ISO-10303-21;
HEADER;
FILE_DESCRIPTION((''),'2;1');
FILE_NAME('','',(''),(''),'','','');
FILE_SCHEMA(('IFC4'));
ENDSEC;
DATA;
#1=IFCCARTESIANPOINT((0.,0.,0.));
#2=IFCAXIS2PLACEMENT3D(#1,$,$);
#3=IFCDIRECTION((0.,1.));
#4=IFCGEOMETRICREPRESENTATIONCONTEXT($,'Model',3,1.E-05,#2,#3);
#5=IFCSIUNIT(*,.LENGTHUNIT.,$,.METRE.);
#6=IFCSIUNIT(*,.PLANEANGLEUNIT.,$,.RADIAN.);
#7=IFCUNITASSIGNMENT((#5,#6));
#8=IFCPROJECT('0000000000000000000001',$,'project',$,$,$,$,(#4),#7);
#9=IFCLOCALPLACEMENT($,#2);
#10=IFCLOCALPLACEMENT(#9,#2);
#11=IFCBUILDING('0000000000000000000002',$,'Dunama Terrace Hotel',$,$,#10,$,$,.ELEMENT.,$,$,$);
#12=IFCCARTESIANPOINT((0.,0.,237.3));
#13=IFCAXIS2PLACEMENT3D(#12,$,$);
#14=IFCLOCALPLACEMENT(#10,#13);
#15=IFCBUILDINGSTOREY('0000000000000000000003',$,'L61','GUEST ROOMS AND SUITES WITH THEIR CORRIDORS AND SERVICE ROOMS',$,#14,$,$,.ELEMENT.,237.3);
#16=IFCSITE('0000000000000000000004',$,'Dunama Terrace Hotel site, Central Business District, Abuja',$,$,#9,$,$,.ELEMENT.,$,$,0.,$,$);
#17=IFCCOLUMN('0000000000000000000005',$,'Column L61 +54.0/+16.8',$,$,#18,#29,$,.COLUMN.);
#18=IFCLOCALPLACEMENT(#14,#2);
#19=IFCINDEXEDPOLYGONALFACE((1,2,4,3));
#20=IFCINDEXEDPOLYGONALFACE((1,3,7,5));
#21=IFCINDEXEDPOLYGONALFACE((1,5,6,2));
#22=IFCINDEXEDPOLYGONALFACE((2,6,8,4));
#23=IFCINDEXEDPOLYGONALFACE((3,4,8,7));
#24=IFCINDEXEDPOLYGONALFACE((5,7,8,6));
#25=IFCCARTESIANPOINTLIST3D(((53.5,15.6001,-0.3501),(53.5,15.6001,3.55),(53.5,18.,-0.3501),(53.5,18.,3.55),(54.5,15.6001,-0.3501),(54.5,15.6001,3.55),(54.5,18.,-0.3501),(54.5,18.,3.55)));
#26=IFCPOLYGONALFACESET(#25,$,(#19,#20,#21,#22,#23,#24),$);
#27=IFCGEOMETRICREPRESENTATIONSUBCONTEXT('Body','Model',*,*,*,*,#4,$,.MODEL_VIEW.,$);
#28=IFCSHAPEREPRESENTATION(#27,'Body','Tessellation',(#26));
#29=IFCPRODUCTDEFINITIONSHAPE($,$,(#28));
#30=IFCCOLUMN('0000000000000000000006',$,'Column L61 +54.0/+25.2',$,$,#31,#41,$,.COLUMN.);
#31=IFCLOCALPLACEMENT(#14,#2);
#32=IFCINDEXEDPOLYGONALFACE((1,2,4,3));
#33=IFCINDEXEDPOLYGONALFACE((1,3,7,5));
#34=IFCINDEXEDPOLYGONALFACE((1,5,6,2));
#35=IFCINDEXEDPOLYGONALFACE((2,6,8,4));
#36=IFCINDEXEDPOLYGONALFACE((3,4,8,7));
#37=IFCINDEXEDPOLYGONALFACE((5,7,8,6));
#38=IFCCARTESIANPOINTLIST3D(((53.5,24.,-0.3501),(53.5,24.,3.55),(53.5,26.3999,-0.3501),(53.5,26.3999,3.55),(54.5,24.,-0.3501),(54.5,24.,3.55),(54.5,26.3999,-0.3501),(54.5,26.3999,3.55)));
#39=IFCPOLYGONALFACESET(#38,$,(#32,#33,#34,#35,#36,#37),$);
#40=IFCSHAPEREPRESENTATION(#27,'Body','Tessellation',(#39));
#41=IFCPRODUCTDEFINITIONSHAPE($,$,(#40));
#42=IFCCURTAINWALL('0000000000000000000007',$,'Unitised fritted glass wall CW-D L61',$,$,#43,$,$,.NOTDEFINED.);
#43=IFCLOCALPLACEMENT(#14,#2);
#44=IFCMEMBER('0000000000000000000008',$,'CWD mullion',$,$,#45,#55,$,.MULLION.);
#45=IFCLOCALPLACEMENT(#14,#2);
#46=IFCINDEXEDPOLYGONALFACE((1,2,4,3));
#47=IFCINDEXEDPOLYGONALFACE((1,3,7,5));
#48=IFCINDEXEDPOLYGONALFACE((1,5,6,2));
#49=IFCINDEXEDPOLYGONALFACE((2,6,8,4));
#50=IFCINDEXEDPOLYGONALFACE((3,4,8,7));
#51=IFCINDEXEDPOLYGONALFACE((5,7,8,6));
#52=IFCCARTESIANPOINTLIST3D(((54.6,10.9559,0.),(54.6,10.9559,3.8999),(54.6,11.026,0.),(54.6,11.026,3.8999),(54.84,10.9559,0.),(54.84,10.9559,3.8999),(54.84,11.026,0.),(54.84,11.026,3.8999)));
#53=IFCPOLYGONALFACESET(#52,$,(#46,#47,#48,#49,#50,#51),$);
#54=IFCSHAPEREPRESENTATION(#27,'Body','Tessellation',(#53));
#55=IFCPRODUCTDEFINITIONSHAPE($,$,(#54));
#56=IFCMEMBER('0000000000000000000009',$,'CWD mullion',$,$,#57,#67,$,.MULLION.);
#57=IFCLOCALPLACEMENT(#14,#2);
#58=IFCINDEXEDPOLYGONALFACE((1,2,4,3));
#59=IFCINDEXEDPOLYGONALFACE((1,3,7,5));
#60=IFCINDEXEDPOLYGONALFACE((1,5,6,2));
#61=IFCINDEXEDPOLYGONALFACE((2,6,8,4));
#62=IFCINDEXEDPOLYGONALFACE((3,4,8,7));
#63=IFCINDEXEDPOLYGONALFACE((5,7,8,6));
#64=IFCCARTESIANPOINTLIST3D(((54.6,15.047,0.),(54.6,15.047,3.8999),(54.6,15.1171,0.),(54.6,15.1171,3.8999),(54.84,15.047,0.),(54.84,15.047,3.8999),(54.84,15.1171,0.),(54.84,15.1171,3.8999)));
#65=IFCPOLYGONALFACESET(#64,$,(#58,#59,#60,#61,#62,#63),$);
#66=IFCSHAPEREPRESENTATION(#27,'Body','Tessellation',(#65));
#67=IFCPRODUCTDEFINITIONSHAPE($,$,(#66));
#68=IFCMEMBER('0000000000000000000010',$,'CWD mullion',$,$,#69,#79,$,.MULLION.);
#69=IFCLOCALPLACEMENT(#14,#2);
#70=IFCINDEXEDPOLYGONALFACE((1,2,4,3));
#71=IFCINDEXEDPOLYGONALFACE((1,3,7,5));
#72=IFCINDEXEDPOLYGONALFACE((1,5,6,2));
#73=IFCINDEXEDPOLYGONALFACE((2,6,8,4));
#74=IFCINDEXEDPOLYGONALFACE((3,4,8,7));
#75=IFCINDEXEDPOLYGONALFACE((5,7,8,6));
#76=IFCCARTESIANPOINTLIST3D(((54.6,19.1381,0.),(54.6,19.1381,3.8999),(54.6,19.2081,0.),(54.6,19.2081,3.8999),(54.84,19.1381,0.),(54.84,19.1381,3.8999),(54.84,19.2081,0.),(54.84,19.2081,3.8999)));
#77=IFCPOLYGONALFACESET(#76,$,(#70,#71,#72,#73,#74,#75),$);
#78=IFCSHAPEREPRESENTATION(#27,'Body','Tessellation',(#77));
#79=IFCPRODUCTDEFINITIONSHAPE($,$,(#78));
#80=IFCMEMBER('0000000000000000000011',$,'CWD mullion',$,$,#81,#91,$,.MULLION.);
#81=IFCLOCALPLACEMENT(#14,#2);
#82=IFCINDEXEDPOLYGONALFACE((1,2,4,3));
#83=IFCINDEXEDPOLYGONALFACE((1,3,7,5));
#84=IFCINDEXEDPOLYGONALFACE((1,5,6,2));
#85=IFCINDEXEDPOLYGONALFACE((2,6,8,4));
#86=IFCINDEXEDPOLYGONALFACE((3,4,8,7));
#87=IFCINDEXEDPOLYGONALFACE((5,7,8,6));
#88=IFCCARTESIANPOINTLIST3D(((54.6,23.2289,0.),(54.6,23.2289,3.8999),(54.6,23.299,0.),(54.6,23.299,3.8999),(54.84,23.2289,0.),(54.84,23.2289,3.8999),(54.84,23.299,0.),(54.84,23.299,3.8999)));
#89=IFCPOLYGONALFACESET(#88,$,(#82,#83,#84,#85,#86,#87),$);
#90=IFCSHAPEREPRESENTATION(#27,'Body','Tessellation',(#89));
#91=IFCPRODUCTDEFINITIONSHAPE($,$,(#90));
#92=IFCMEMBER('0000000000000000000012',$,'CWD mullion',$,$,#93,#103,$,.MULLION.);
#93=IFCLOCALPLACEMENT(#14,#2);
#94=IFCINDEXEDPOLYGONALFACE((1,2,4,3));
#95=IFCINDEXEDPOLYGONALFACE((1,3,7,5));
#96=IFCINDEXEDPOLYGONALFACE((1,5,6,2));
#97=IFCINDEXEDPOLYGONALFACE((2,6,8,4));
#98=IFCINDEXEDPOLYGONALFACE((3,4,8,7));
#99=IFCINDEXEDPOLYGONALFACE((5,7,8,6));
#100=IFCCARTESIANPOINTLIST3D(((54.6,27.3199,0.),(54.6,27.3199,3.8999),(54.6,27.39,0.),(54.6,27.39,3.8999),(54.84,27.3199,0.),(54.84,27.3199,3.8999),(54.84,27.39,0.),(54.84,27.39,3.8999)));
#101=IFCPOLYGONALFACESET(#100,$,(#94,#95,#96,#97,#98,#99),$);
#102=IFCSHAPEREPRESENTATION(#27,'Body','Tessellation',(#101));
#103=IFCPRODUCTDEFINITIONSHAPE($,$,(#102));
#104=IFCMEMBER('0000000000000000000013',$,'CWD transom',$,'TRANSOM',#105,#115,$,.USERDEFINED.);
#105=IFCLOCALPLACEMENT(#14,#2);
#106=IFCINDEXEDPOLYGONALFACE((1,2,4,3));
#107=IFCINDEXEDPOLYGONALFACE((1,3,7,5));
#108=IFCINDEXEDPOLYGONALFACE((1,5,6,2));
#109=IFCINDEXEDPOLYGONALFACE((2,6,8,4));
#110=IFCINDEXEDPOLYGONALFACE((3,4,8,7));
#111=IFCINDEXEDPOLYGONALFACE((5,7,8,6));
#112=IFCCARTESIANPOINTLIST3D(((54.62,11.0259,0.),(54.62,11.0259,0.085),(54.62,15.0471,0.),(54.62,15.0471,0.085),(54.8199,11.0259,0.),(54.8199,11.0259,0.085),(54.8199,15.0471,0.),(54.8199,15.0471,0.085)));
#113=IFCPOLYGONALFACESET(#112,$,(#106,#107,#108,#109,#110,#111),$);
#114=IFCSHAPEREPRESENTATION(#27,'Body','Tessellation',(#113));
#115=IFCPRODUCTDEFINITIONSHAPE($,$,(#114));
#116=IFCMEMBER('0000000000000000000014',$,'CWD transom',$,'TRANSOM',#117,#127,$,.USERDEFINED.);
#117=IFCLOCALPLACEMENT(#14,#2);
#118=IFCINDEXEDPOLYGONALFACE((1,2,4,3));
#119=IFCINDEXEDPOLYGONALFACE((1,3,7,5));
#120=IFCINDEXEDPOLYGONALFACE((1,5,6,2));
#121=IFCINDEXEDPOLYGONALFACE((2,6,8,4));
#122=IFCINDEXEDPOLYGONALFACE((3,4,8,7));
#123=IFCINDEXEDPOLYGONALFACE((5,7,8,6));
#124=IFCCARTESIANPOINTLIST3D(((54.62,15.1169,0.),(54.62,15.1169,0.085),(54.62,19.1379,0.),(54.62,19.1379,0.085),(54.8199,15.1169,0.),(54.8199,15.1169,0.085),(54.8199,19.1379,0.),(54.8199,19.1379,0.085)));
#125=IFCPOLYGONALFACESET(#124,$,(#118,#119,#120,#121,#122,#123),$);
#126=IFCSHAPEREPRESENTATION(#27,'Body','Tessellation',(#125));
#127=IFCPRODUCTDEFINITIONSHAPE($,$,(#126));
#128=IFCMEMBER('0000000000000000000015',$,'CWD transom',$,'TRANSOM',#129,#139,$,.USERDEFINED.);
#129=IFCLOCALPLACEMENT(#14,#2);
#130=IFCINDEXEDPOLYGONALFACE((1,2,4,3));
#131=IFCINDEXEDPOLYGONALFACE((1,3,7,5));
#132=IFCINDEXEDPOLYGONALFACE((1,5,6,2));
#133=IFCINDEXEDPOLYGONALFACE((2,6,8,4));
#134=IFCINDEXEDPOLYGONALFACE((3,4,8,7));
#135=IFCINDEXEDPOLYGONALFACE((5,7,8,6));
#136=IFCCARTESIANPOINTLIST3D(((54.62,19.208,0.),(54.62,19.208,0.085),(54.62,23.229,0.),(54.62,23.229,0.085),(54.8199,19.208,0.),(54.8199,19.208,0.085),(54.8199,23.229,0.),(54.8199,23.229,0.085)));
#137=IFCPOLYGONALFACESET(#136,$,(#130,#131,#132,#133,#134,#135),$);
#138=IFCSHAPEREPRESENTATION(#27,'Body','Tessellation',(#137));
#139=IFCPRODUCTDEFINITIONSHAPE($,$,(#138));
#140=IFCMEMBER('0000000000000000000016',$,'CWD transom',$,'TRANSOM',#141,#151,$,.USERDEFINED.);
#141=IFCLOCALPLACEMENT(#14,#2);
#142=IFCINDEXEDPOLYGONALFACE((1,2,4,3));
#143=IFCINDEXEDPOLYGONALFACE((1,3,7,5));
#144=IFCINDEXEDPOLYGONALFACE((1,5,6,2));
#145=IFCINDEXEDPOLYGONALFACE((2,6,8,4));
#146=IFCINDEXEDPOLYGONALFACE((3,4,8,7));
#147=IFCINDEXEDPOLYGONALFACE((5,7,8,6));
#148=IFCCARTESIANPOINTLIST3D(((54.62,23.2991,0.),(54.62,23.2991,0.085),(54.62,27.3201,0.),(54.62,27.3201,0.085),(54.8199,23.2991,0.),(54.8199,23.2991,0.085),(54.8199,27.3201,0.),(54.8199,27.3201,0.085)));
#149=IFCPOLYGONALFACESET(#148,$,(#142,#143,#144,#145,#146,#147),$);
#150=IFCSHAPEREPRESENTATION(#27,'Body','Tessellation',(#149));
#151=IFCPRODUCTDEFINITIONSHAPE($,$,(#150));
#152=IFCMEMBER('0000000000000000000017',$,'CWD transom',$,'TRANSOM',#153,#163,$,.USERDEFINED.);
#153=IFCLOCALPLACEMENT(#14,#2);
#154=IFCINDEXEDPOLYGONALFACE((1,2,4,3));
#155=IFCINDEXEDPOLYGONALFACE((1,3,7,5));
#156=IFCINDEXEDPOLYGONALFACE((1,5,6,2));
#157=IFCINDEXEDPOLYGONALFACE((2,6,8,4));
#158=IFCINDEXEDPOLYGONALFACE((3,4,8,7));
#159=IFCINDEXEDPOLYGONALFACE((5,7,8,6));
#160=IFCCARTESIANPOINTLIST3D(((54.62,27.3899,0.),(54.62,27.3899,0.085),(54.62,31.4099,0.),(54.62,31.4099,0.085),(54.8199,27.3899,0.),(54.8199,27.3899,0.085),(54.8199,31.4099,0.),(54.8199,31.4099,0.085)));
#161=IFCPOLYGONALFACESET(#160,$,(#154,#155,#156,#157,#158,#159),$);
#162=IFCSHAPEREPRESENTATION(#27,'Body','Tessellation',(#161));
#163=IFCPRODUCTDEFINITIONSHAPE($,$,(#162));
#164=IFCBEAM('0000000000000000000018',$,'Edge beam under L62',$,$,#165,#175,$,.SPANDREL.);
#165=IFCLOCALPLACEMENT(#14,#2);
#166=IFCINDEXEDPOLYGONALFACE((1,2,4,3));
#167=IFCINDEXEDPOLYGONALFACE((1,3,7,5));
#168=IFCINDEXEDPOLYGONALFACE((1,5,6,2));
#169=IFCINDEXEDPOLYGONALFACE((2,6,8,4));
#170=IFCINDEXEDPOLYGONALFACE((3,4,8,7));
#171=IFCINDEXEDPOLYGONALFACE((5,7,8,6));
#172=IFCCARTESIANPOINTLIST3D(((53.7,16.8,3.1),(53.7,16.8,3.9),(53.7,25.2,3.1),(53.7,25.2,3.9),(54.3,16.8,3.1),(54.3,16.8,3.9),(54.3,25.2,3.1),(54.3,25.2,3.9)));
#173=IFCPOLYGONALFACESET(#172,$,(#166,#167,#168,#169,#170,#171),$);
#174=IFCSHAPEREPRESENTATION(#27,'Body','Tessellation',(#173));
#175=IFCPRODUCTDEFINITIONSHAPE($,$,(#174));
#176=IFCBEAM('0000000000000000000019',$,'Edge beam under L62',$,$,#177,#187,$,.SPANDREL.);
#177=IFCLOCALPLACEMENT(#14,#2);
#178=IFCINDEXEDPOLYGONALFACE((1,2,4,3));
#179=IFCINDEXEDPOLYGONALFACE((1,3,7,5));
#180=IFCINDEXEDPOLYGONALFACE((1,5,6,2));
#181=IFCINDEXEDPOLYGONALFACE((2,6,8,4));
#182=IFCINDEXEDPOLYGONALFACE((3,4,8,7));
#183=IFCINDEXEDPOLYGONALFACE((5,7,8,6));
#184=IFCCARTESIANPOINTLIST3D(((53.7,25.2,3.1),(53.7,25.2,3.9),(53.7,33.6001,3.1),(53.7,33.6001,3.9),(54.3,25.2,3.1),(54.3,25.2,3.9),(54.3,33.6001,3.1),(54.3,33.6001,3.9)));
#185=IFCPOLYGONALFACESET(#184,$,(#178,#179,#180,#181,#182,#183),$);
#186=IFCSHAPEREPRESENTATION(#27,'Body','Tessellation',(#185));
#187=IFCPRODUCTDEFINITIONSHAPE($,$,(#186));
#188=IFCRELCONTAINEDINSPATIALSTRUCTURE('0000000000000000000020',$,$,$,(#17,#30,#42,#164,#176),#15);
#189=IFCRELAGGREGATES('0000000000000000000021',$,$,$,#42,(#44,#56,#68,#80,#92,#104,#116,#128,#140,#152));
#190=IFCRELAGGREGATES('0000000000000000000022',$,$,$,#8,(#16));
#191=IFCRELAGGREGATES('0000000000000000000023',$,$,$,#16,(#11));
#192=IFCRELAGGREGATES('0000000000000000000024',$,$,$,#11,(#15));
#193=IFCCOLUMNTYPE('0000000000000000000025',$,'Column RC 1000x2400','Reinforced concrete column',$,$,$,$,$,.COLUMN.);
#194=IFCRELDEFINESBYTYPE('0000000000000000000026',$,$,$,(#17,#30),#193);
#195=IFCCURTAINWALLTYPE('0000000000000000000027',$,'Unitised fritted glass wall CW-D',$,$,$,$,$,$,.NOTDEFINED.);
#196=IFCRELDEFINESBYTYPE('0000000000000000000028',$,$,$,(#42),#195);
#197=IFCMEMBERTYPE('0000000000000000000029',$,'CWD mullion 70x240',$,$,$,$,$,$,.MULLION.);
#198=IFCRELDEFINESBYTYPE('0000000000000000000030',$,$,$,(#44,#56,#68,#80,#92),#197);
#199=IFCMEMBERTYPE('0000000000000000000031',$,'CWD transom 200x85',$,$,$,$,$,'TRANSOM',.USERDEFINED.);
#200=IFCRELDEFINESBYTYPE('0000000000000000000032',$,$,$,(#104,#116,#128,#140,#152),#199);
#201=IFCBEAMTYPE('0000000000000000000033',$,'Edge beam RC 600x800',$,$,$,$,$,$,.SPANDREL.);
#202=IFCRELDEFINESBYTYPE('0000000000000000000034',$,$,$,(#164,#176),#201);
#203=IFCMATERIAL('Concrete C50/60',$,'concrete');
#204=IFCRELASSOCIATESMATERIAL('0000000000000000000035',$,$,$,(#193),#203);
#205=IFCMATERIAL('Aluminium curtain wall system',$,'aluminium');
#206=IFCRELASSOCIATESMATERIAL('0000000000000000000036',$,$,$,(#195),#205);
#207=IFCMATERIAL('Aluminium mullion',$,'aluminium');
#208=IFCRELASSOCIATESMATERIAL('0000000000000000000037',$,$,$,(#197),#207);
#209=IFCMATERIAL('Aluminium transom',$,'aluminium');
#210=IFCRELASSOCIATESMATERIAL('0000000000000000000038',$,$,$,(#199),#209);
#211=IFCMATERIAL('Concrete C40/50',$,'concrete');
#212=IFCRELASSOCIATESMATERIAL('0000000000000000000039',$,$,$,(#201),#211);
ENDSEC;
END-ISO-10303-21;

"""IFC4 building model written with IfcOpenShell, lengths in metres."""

from ifc_helpers import new_model, si_unit, direction, frame, origin, origin_2d, place, context, subcontext, project, spatial, rectangle, extrude, material, material_profile, profile_set, type_object, element, aggregate, save


model = new_model("IFC4")

# Units and contexts
model_context = context("Model", 3, precision=1e-05, world=origin(), true_north=direction((0.0, 1.0)))
body_context = subcontext(model_context, "Body", "Model", "MODEL_VIEW")
ifc_project = project(units=[si_unit("LENGTHUNIT", "METRE"), si_unit("PLANEANGLEUNIT", "RADIAN")], contexts=[model_context])

# Site, building, storey
site_placement = place(None, origin())
site = spatial("IfcSite", under=ifc_project, at=site_placement, Name="Dunama Terrace Hotel site, Central Business District, Abuja", CompositionType="ELEMENT", RefElevation=0.0)
building_placement = place(site_placement, origin())
building = spatial("IfcBuilding", under=site, at=building_placement, Name="Dunama Terrace Hotel", CompositionType="ELEMENT")
storey_placement = place(building_placement, frame((0.0, 0.0, 237.3)))
storey = spatial("IfcBuildingStorey", under=building, at=storey_placement, Name="L61", Description="GUEST ROOMS AND SUITES WITH THEIR CORRIDORS AND SERVICE ROOMS", CompositionType="ELEMENT", Elevation=237.3)

# Columns
ifc_material_1 = material(Name="Concrete C50/60", Category="concrete")
ifc_material_profile_1 = material_profile(ifc_material_1, rectangle(XDim=1.0, YDim=2.3999, at=origin_2d()), Name="RC 1000x2400")
ifc_profile_set_1 = profile_set([ifc_material_profile_1], Name="Concrete C50/60")
column_type = type_object("IfcColumnType", Name="Column RC 1000x2400", Description="Reinforced concrete column", PredefinedType="COLUMN", material=ifc_profile_set_1)
for number, where, z_axis, x_axis, name in (
    (1, (54.0, 16.8, -0.3501), (0.0, 0.0, 1.0), (1.0, 0.0, 0.0), "Column L61 +54.0/+16.8"),
    (2, (54.0, 25.2, -0.3501), (0.0, 0.0, 1.0), (1.0, 0.0, 0.0), "Column L61 +54.0/+25.2"),
):
    element("IfcColumn", number, at=place(storey_placement, frame(where, z_axis=z_axis, x_axis=x_axis)), inside=storey, type_object=column_type, Name=name, PredefinedType="COLUMN", context=body_context, shape_type="SweptSolid", body=[
        extrude(rectangle(XDim=1.0, YDim=2.3999, at=origin_2d()), origin(), (0.0, 0.0, 1.0), 3.9001),
    ])

# Curtain wall, members
ifc_material_2 = material(Name="Aluminium curtain wall system", Category="aluminium")
curtain_wall_type = type_object("IfcCurtainWallType", Name="Unitised fritted glass wall CW-D", PredefinedType="NOTDEFINED", material=ifc_material_2)
curtain_wall_placement = place(storey_placement, origin())
curtain_wall = element("IfcCurtainWall", 3, at=curtain_wall_placement, inside=storey, type_object=curtain_wall_type, Name="Unitised fritted glass wall CW-D L61", PredefinedType="NOTDEFINED")
ifc_material_3 = material(Name="Aluminium mullion", Category="aluminium")
ifc_material_profile_2 = material_profile(ifc_material_3, rectangle(XDim=0.0701, YDim=0.24, at=origin_2d()), Name="CWD MULLION 70X240")
ifc_profile_set_2 = profile_set([ifc_material_profile_2], Name="Aluminium mullion")
member_type_1 = type_object("IfcMemberType", Name="CWD mullion 70x240", PredefinedType="MULLION", material=ifc_profile_set_2)
member_1_placement = place(storey_placement, frame((54.72, 10.991, 0.0), z_axis=(0.0, 0.0, 1.0), x_axis=(0.0, 1.0, 0.0)))
member_1 = element("IfcMember", 4, at=member_1_placement, type_object=member_type_1, Name="CWD mullion", PredefinedType="MULLION", context=body_context, shape_type="SweptSolid", body=[
    extrude(rectangle(XDim=0.0701, YDim=0.24, at=origin_2d()), origin(), (0.0, 0.0, 1.0), 3.8999),
])
member_2_placement = place(storey_placement, frame((54.72, 15.082, 0.0), z_axis=(0.0, 0.0, 1.0), x_axis=(0.0, 1.0, 0.0)))
member_2 = element("IfcMember", 5, at=member_2_placement, type_object=member_type_1, Name="CWD mullion", PredefinedType="MULLION", context=body_context, shape_type="SweptSolid", body=[
    extrude(rectangle(XDim=0.0701, YDim=0.24, at=origin_2d()), origin(), (0.0, 0.0, 1.0), 3.8999),
])
member_3_placement = place(storey_placement, frame((54.72, 19.1731, 0.0), z_axis=(0.0, 0.0, 1.0), x_axis=(0.0, 1.0, 0.0)))
member_3 = element("IfcMember", 6, at=member_3_placement, type_object=member_type_1, Name="CWD mullion", PredefinedType="MULLION", context=body_context, shape_type="SweptSolid", body=[
    extrude(rectangle(XDim=0.0701, YDim=0.24, at=origin_2d()), origin(), (0.0, 0.0, 1.0), 3.8999),
])
member_4_placement = place(storey_placement, frame((54.72, 23.2639, 0.0), z_axis=(0.0, 0.0, 1.0), x_axis=(0.0, 1.0, 0.0)))
member_4 = element("IfcMember", 7, at=member_4_placement, type_object=member_type_1, Name="CWD mullion", PredefinedType="MULLION", context=body_context, shape_type="SweptSolid", body=[
    extrude(rectangle(XDim=0.0701, YDim=0.24, at=origin_2d()), origin(), (0.0, 0.0, 1.0), 3.8999),
])
member_5_placement = place(storey_placement, frame((54.72, 27.355, 0.0), z_axis=(0.0, 0.0, 1.0), x_axis=(0.0, 1.0, 0.0)))
member_5 = element("IfcMember", 8, at=member_5_placement, type_object=member_type_1, Name="CWD mullion", PredefinedType="MULLION", context=body_context, shape_type="SweptSolid", body=[
    extrude(rectangle(XDim=0.0701, YDim=0.24, at=origin_2d()), origin(), (0.0, 0.0, 1.0), 3.8999),
])
ifc_material_4 = material(Name="Aluminium transom", Category="aluminium")
ifc_material_profile_3 = material_profile(ifc_material_4, rectangle(XDim=0.2, YDim=0.085, at=origin_2d()), Name="CWD TRANSOM 200X85")
ifc_profile_set_3 = profile_set([ifc_material_profile_3], Name="Aluminium transom")
member_type_2 = type_object("IfcMemberType", Name="CWD transom 200x85", ElementType="TRANSOM", PredefinedType="USERDEFINED", material=ifc_profile_set_3)
member_6_placement = place(storey_placement, frame((54.72, 11.0259, 0.0425), z_axis=(0.0, 1.0, 0.0), x_axis=(-1.0, 0.0, 0.0)))
member_6 = element("IfcMember", 9, at=member_6_placement, type_object=member_type_2, Name="CWD transom", ObjectType="TRANSOM", PredefinedType="USERDEFINED", context=body_context, shape_type="SweptSolid", body=[
    extrude(rectangle(XDim=0.2, YDim=0.085, at=origin_2d()), origin(), (0.0, 0.0, 1.0), 4.0212),
])
member_7_placement = place(storey_placement, frame((54.72, 15.1169, 0.0425), z_axis=(0.0, 1.0, 0.0), x_axis=(-1.0, 0.0, 0.0)))
member_7 = element("IfcMember", 10, at=member_7_placement, type_object=member_type_2, Name="CWD transom", ObjectType="TRANSOM", PredefinedType="USERDEFINED", context=body_context, shape_type="SweptSolid", body=[
    extrude(rectangle(XDim=0.2, YDim=0.085, at=origin_2d()), origin(), (0.0, 0.0, 1.0), 4.021),
])
member_8_placement = place(storey_placement, frame((54.72, 19.208, 0.0425), z_axis=(0.0, 1.0, 0.0), x_axis=(-1.0, 0.0, 0.0)))
member_8 = element("IfcMember", 11, at=member_8_placement, type_object=member_type_2, Name="CWD transom", ObjectType="TRANSOM", PredefinedType="USERDEFINED", context=body_context, shape_type="SweptSolid", body=[
    extrude(rectangle(XDim=0.2, YDim=0.085, at=origin_2d()), origin(), (0.0, 0.0, 1.0), 4.021),
])
member_9_placement = place(storey_placement, frame((54.72, 23.2991, 0.0425), z_axis=(0.0, 1.0, 0.0), x_axis=(-1.0, 0.0, 0.0)))
member_9 = element("IfcMember", 12, at=member_9_placement, type_object=member_type_2, Name="CWD transom", ObjectType="TRANSOM", PredefinedType="USERDEFINED", context=body_context, shape_type="SweptSolid", body=[
    extrude(rectangle(XDim=0.2, YDim=0.085, at=origin_2d()), origin(), (0.0, 0.0, 1.0), 4.021),
])
member_10_placement = place(storey_placement, frame((54.72, 27.3899, 0.0425), z_axis=(0.0, 1.0, 0.0), x_axis=(-1.0, 0.0, 0.0)))
member_10 = element("IfcMember", 13, at=member_10_placement, type_object=member_type_2, Name="CWD transom", ObjectType="TRANSOM", PredefinedType="USERDEFINED", context=body_context, shape_type="SweptSolid", body=[
    extrude(rectangle(XDim=0.2, YDim=0.085, at=origin_2d()), origin(), (0.0, 0.0, 1.0), 4.02),
])

# Beams
ifc_material_5 = material(Name="Concrete C40/50", Category="concrete")
ifc_material_profile_4 = material_profile(ifc_material_5, rectangle(XDim=0.6001, YDim=0.8, at=origin_2d()), Name="RC 600x800")
ifc_profile_set_4 = profile_set([ifc_material_profile_4], Name="Concrete C40/50")
beam_type = type_object("IfcBeamType", Name="Edge beam RC 600x800", PredefinedType="SPANDREL", material=ifc_profile_set_4)
beam_1_placement = place(storey_placement, frame((54.0, 16.8, 3.5), z_axis=(0.0, 1.0, 0.0), x_axis=(-1.0, 0.0, 0.0)))
element("IfcBeam", 14, at=beam_1_placement, inside=storey, type_object=beam_type, Name="Edge beam under L62", PredefinedType="SPANDREL", context=body_context, shape_type="SweptSolid", body=[
    extrude(rectangle(XDim=0.6001, YDim=0.8, at=origin_2d()), origin(), (0.0, 0.0, 1.0), 8.3999),
])
beam_2_placement = place(storey_placement, frame((54.0, 25.2, 3.5), z_axis=(0.0, 1.0, 0.0), x_axis=(-1.0, 0.0, 0.0)))
element("IfcBeam", 15, at=beam_2_placement, inside=storey, type_object=beam_type, Name="Edge beam under L62", PredefinedType="SPANDREL", context=body_context, shape_type="SweptSolid", body=[
    extrude(rectangle(XDim=0.6001, YDim=0.8, at=origin_2d()), origin(), (0.0, 0.0, 1.0), 8.4001),
])

aggregate(curtain_wall, [member_1, member_2, member_3, member_4, member_5, member_6, member_7, member_8, member_9, member_10])

save(model, "model.ifc")
